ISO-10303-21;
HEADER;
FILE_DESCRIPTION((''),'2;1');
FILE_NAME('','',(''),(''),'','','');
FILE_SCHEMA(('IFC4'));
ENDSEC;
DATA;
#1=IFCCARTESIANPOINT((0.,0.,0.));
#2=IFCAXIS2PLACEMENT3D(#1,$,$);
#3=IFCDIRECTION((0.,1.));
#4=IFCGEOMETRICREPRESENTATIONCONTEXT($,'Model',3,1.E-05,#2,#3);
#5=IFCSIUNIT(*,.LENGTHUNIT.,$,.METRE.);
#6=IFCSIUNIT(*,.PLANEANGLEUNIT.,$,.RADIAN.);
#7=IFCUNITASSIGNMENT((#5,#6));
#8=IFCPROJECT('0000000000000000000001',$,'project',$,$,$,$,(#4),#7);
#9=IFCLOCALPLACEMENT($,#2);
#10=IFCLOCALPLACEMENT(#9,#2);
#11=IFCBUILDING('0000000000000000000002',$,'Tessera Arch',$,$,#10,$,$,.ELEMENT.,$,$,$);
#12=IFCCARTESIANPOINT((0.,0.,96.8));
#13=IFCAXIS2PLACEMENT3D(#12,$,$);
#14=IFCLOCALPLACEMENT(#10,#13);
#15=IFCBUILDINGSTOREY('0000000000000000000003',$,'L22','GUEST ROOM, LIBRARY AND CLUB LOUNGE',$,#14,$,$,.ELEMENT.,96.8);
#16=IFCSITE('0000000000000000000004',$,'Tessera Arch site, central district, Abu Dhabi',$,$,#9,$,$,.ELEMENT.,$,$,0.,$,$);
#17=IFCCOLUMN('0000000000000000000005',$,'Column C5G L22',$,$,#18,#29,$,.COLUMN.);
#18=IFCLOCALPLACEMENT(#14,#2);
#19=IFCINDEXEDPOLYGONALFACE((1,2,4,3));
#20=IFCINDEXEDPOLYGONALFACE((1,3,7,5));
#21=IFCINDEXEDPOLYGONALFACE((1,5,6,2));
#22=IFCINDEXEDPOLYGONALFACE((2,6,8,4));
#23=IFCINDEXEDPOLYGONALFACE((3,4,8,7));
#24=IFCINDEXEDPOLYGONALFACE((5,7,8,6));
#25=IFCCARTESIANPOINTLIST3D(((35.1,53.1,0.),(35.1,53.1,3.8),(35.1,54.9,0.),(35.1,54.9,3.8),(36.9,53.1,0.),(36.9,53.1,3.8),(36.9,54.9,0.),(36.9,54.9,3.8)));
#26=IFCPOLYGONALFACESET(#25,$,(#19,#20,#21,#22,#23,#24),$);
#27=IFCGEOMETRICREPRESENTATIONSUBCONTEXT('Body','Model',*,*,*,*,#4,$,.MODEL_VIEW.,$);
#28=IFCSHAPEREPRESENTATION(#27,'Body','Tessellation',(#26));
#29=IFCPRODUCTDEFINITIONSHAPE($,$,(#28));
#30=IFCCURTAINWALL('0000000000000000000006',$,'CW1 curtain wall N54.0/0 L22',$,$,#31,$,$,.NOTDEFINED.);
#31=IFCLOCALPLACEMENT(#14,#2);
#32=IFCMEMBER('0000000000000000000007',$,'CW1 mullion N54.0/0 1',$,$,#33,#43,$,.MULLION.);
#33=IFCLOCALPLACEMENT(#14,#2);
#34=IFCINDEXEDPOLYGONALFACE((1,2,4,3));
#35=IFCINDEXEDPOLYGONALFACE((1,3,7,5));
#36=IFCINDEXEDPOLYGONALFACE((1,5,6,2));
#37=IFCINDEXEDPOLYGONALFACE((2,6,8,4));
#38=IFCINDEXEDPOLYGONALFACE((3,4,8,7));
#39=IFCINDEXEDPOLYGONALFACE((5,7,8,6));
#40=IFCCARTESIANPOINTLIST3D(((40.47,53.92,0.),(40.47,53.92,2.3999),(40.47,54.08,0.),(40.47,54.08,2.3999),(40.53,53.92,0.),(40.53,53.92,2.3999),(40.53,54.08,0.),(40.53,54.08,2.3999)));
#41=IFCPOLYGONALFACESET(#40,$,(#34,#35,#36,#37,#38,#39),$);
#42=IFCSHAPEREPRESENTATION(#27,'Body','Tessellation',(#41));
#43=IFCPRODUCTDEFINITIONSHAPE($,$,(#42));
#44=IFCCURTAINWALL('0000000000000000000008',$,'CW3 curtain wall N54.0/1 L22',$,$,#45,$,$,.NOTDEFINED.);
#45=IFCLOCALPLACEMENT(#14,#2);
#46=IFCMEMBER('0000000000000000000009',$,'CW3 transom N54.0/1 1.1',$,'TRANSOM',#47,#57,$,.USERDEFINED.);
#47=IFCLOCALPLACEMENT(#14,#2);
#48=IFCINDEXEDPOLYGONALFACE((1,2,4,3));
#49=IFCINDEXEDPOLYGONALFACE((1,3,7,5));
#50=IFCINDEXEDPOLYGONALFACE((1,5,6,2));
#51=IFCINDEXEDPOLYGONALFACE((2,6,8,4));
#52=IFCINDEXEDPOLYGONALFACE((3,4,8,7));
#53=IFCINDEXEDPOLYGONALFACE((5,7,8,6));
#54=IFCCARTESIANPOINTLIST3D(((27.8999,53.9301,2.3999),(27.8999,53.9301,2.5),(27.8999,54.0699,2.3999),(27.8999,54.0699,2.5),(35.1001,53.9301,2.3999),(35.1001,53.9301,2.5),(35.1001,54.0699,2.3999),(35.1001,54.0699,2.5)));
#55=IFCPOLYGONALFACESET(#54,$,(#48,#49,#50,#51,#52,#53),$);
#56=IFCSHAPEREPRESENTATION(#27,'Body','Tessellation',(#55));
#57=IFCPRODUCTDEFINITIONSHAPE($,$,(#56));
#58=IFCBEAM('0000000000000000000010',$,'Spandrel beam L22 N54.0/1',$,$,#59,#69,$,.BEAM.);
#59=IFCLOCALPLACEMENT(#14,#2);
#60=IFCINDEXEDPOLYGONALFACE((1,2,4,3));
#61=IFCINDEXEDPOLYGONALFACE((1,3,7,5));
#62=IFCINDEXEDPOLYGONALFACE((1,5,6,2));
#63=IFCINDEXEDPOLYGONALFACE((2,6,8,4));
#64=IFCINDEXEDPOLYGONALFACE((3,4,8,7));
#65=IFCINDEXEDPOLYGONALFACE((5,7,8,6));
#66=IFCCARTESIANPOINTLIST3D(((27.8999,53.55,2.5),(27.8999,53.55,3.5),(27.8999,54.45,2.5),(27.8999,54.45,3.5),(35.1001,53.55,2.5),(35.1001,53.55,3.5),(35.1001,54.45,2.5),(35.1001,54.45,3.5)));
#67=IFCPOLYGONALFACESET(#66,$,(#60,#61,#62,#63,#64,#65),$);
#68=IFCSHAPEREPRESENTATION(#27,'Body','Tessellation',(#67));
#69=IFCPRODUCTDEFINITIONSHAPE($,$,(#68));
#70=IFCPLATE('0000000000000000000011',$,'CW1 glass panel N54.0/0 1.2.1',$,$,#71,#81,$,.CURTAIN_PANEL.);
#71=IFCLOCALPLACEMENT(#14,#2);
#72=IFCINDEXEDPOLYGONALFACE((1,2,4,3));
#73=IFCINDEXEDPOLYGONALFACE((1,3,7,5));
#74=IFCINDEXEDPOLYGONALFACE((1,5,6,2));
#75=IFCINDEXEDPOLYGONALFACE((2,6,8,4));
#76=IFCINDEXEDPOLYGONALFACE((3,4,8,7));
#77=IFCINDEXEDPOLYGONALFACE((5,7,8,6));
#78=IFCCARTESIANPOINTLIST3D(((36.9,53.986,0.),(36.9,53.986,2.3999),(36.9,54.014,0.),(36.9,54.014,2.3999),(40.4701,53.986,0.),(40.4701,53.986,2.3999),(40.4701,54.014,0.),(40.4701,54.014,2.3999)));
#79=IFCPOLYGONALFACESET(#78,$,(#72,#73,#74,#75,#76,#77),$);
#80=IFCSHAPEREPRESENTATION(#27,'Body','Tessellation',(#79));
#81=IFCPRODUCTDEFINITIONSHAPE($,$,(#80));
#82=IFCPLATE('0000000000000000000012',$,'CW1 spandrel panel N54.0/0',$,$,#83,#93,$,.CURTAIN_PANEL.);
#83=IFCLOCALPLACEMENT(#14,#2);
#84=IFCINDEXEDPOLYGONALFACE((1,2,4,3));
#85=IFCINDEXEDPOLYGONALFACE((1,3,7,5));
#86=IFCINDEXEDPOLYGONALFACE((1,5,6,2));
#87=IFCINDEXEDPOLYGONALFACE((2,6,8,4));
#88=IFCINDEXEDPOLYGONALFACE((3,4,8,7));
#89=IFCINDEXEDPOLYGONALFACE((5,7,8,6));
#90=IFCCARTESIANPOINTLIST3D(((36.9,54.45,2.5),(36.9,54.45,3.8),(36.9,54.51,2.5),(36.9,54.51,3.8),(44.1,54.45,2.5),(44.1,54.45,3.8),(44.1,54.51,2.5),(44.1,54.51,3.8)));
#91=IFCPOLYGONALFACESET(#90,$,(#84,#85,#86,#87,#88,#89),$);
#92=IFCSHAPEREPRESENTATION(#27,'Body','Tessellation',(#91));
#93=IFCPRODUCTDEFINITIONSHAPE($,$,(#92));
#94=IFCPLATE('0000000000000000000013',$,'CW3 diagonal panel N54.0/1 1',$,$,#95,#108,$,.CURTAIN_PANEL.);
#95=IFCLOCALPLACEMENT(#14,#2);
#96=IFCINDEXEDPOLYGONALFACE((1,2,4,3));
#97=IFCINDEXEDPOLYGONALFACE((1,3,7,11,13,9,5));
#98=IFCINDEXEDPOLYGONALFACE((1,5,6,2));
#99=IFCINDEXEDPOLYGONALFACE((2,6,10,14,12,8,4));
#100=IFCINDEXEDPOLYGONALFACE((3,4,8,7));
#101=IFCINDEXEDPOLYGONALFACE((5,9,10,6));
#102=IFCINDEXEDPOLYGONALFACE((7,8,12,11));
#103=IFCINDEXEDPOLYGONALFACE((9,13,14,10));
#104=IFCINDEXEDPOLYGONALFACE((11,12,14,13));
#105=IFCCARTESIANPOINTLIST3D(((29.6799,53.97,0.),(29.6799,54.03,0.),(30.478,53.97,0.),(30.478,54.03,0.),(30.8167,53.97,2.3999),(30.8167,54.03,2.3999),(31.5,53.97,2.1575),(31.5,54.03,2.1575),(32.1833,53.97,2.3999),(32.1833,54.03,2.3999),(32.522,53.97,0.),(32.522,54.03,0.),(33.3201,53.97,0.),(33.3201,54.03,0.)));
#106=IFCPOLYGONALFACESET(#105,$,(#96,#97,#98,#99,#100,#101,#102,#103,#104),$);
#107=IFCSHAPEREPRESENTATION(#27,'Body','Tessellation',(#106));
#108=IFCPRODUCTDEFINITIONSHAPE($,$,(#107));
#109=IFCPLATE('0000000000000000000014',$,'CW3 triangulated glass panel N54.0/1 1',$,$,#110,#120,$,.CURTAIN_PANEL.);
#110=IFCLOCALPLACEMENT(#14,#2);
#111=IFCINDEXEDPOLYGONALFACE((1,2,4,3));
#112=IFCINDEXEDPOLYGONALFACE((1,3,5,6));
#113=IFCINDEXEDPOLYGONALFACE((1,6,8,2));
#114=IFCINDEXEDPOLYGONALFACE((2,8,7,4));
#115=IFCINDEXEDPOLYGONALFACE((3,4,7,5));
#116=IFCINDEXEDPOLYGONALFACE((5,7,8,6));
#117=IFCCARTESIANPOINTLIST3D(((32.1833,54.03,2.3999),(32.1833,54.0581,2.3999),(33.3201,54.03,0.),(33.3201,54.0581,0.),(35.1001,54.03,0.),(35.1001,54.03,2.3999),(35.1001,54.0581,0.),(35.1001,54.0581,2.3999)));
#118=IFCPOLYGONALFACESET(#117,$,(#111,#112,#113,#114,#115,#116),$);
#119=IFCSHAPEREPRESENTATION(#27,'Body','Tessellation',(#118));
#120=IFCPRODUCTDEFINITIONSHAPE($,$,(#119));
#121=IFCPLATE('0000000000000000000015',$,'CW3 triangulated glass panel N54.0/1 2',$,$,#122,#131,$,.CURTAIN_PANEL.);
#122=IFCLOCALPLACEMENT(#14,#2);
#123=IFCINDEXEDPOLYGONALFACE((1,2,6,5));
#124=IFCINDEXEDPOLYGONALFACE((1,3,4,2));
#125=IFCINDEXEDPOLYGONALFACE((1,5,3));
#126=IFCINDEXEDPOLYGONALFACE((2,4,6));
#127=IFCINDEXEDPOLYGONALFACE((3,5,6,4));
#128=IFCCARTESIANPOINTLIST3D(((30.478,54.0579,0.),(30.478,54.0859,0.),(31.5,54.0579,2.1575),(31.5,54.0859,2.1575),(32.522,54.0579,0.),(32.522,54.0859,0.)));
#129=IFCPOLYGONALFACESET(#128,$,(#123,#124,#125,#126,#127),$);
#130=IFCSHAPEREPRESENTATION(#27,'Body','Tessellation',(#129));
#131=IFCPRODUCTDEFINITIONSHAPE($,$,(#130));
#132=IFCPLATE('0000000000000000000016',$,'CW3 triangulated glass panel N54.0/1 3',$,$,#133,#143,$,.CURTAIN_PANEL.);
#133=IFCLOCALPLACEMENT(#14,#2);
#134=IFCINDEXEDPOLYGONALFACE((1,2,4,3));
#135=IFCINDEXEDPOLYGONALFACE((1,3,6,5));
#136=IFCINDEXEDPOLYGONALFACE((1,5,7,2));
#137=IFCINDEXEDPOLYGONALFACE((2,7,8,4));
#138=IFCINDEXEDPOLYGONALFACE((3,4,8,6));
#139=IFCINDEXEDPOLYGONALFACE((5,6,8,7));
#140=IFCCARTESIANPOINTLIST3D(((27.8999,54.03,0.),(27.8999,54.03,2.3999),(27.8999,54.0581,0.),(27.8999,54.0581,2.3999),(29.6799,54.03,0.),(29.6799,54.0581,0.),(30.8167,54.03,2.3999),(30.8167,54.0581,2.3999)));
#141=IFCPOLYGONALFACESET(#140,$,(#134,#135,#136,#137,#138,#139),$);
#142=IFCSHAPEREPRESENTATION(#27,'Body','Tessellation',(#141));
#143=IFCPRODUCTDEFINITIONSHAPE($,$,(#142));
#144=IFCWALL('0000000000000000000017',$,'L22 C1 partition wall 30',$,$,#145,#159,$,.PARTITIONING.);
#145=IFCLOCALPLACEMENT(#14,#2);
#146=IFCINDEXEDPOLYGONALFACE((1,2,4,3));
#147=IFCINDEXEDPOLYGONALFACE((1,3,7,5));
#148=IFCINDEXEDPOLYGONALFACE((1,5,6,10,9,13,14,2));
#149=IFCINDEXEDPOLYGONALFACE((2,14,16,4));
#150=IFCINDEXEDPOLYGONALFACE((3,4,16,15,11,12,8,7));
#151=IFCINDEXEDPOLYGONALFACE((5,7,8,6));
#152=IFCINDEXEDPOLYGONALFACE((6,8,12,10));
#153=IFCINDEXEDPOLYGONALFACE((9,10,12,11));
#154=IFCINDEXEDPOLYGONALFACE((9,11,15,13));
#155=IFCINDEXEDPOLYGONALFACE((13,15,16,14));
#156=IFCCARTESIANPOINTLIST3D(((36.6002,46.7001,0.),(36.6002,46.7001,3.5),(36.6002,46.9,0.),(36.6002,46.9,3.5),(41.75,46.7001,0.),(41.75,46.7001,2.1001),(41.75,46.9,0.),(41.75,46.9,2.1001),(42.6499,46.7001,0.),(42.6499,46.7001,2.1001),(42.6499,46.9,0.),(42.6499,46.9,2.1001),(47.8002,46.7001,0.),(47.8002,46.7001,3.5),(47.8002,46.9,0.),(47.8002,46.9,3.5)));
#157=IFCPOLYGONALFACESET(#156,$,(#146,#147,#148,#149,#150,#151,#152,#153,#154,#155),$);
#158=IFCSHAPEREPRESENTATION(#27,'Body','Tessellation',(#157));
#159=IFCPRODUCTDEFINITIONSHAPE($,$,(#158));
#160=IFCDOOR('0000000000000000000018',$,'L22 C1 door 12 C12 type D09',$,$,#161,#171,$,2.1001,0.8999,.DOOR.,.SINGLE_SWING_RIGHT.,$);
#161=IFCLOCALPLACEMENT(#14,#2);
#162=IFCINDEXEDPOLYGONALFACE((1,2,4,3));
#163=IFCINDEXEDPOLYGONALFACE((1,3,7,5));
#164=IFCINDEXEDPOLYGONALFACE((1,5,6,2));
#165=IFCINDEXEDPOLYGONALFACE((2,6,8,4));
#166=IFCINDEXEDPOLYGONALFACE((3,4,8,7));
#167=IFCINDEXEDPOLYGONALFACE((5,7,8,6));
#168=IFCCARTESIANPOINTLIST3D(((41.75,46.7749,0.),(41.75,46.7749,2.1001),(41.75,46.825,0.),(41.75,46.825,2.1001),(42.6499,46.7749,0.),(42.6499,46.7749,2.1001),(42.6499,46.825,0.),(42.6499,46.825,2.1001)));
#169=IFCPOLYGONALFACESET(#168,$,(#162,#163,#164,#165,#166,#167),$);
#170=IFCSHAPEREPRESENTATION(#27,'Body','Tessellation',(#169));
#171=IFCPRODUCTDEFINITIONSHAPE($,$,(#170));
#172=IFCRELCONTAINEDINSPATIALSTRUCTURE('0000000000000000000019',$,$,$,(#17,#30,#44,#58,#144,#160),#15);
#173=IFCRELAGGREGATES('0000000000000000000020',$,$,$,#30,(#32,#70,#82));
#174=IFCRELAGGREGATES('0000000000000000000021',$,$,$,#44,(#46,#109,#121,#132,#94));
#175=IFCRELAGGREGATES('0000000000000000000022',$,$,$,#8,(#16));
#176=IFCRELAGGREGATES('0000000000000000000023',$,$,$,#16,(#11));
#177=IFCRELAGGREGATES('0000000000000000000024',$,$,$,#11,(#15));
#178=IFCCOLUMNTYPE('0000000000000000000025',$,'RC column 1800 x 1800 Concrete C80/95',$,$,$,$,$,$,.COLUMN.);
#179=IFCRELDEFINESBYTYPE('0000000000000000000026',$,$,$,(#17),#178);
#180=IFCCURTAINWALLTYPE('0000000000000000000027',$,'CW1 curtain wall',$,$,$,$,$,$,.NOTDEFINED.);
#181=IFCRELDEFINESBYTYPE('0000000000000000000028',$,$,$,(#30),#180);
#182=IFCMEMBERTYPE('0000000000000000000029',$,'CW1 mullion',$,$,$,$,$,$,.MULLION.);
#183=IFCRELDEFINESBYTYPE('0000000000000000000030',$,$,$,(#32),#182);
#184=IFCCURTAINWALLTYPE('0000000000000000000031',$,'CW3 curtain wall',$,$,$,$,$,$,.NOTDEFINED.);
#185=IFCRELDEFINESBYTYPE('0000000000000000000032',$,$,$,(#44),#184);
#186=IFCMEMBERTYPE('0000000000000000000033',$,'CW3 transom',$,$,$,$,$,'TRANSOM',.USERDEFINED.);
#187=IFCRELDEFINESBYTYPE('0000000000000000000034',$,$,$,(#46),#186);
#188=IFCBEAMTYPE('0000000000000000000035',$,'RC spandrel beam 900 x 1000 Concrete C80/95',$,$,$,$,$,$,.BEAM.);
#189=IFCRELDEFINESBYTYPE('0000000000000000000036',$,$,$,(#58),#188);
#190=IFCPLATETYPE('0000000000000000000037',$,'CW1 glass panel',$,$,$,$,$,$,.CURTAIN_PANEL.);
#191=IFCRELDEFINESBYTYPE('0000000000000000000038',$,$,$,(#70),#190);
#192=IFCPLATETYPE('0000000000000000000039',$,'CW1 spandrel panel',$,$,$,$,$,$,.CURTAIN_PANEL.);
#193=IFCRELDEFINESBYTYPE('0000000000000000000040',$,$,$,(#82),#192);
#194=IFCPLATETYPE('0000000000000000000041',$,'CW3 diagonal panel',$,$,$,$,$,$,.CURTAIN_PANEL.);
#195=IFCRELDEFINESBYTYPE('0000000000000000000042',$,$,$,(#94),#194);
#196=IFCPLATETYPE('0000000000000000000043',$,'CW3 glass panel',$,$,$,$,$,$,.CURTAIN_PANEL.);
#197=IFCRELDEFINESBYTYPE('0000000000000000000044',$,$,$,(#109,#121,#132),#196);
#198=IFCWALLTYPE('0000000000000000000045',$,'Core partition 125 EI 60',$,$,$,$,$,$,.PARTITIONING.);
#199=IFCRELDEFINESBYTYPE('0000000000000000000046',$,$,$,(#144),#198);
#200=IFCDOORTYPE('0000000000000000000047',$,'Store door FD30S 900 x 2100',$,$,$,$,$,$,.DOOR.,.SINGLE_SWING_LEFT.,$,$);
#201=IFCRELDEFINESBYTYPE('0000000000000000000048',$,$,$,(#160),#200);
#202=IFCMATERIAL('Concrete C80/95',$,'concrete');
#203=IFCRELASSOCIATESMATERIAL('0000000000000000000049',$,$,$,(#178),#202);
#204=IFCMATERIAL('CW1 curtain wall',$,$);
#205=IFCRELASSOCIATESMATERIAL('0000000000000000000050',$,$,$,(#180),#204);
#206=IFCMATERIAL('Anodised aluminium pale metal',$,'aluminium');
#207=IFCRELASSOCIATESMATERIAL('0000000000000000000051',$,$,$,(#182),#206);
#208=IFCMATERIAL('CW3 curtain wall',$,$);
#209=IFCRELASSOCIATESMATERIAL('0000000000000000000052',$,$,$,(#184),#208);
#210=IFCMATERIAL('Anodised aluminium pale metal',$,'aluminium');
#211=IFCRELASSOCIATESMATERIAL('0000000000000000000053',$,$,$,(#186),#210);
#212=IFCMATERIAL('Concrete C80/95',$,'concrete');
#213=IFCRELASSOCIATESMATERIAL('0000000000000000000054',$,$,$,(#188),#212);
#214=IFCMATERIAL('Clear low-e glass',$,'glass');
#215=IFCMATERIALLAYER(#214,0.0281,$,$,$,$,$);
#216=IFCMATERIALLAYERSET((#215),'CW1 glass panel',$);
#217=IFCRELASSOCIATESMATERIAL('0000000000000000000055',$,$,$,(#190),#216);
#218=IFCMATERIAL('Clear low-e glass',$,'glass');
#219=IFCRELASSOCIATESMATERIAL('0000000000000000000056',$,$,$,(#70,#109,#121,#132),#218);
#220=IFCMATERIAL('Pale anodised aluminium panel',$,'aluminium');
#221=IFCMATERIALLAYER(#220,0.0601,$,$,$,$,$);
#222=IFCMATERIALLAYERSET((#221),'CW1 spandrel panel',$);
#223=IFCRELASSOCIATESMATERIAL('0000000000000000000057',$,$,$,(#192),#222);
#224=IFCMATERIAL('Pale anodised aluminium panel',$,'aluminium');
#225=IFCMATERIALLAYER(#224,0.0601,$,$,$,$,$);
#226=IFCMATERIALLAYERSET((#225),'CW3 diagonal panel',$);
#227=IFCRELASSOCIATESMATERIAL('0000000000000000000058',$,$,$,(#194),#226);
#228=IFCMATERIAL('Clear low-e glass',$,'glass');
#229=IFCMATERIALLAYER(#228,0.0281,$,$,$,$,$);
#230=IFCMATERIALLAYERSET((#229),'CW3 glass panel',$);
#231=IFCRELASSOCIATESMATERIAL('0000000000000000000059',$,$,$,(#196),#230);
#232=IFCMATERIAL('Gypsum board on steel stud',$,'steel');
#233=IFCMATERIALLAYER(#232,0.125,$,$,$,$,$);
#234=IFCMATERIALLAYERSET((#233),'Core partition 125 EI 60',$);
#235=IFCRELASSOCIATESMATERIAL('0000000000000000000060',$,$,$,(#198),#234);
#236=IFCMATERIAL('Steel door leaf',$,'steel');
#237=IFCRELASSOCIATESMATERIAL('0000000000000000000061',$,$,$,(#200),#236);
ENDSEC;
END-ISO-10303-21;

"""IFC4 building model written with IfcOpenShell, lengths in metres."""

from ifc_helpers import new_model, si_unit, direction, frame, frame_2d, origin, origin_2d, place, context, subcontext, project, spatial, polyline, rectangle, outline, extrude, material, layer, layer_set, material_profile, profile_set, type_object, element, fill, aggregate, save


model = new_model("IFC4")

# Units and contexts
model_context = context("Model", 3, precision=1e-05, world=origin(), true_north=direction((0.0, 1.0)))
body_context = subcontext(model_context, "Body", "Model", "MODEL_VIEW")
ifc_project = project(units=[si_unit("LENGTHUNIT", "METRE"), si_unit("PLANEANGLEUNIT", "RADIAN")], contexts=[model_context])

# Site, building, storey
site_placement = place(None, origin())
site = spatial("IfcSite", under=ifc_project, at=site_placement, Name="Tessera Arch site, central district, Abu Dhabi", CompositionType="ELEMENT", RefElevation=0.0)
building_placement = place(site_placement, origin())
building = spatial("IfcBuilding", under=site, at=building_placement, Name="Tessera Arch", CompositionType="ELEMENT")
storey_placement = place(building_placement, frame((0.0, 0.0, 96.8)))
storey = spatial("IfcBuildingStorey", under=building, at=storey_placement, Name="L22", Description="GUEST ROOM, LIBRARY AND CLUB LOUNGE", CompositionType="ELEMENT", Elevation=96.8)

# Column
ifc_material_1 = material(Name="Concrete C80/95", Category="concrete")
ifc_material_profile_1 = material_profile(ifc_material_1, rectangle(XDim=1.8, YDim=1.8, at=origin_2d()), Name="RC column 1800 x 1800 Concrete C80/95")
ifc_profile_set_1 = profile_set([ifc_material_profile_1], Name="Concrete C80/95")
column_type = type_object("IfcColumnType", Name="RC column 1800 x 1800 Concrete C80/95", PredefinedType="COLUMN", material=ifc_profile_set_1)
column_placement = place(storey_placement, frame((36.0, 54.0, 0.0), z_axis=(0.0, 0.0, 1.0), x_axis=(1.0, 0.0, 0.0)))
element("IfcColumn", 1, at=column_placement, inside=storey, type_object=column_type, Name="Column C5G L22", PredefinedType="COLUMN", context=body_context, shape_type="SweptSolid", body=[
    extrude(rectangle(XDim=1.8, YDim=1.8, at=origin_2d()), origin(), (0.0, 0.0, 1.0), 3.8),
])

# Curtain walls, members
ifc_material_2 = material(Name="CW1 curtain wall")
curtain_wall_type_1 = type_object("IfcCurtainWallType", Name="CW1 curtain wall", PredefinedType="NOTDEFINED", material=ifc_material_2)
curtain_wall_1_placement = place(storey_placement, origin())
curtain_wall_1 = element("IfcCurtainWall", 2, at=curtain_wall_1_placement, inside=storey, type_object=curtain_wall_type_1, Name="CW1 curtain wall N54.0/0 L22", PredefinedType="NOTDEFINED")
ifc_material_3 = material(Name="Anodised aluminium pale metal", Category="aluminium")
ifc_material_profile_2 = material_profile(ifc_material_3, rectangle(XDim=0.1599, YDim=0.0601, at=origin_2d()), Name="AL 60x160")
ifc_profile_set_2 = profile_set([ifc_material_profile_2], Name="Anodised aluminium pale metal")
member_type_1 = type_object("IfcMemberType", Name="CW1 mullion", PredefinedType="MULLION", material=ifc_profile_set_2)
member_1_placement = place(storey_placement, frame((40.5, 54.0, 0.0), z_axis=(0.0, 0.0, 1.0), x_axis=(0.0, -1.0, 0.0)))
member_1 = element("IfcMember", 3, at=member_1_placement, type_object=member_type_1, Name="CW1 mullion N54.0/0 1", PredefinedType="MULLION", context=body_context, shape_type="SweptSolid", body=[
    extrude(rectangle(XDim=0.1599, YDim=0.0601, at=origin_2d()), origin(), (0.0, 0.0, 1.0), 2.3999),
])
ifc_material_4 = material(Name="CW3 curtain wall")
curtain_wall_type_2 = type_object("IfcCurtainWallType", Name="CW3 curtain wall", PredefinedType="NOTDEFINED", material=ifc_material_4)
curtain_wall_2_placement = place(storey_placement, origin())
curtain_wall_2 = element("IfcCurtainWall", 4, at=curtain_wall_2_placement, inside=storey, type_object=curtain_wall_type_2, Name="CW3 curtain wall N54.0/1 L22", PredefinedType="NOTDEFINED")
ifc_material_5 = material(Name="Anodised aluminium pale metal", Category="aluminium")
ifc_material_profile_3 = material_profile(ifc_material_5, rectangle(XDim=0.1399, YDim=0.1001, at=origin_2d()), Name="AL 140x100")
ifc_profile_set_3 = profile_set([ifc_material_profile_3], Name="Anodised aluminium pale metal")
member_type_2 = type_object("IfcMemberType", Name="CW3 transom", ElementType="TRANSOM", PredefinedType="USERDEFINED", material=ifc_profile_set_3)
member_2_placement = place(storey_placement, frame((35.1001, 54.0, 2.45), z_axis=(-1.0, 0.0, 0.0), x_axis=(0.0, -1.0, 0.0)))
member_2 = element("IfcMember", 5, at=member_2_placement, type_object=member_type_2, Name="CW3 transom N54.0/1 1.1", ObjectType="TRANSOM", PredefinedType="USERDEFINED", context=body_context, shape_type="SweptSolid", body=[
    extrude(rectangle(XDim=0.1399, YDim=0.1001, at=origin_2d()), origin(), (0.0, 0.0, 1.0), 7.2002),
])

# Beam
ifc_material_6 = material(Name="Concrete C80/95", Category="concrete")
ifc_material_profile_4 = material_profile(ifc_material_6, rectangle(XDim=0.8999, YDim=1.0, at=origin_2d()), Name="RC spandrel beam 900 x 1000 Concrete C80/95")
ifc_profile_set_4 = profile_set([ifc_material_profile_4], Name="Concrete C80/95")
beam_type = type_object("IfcBeamType", Name="RC spandrel beam 900 x 1000 Concrete C80/95", PredefinedType="BEAM", material=ifc_profile_set_4)
beam_placement = place(storey_placement, frame((35.1001, 54.0, 3.0), z_axis=(-1.0, 0.0, 0.0), x_axis=(0.0, -1.0, 0.0)))
element("IfcBeam", 6, at=beam_placement, inside=storey, type_object=beam_type, Name="Spandrel beam L22 N54.0/1", PredefinedType="BEAM", context=body_context, shape_type="SweptSolid", body=[
    extrude(rectangle(XDim=0.8999, YDim=1.0, at=origin_2d()), origin(), (0.0, 0.0, 1.0), 7.2002),
])

# Plates
ifc_material_7 = material(Name="Clear low-e glass", Category="glass")
ifc_material_8 = material(Name="Clear low-e glass", Category="glass")
ifc_layer_1 = layer(ifc_material_8, 0.0281)
ifc_layer_set_1 = layer_set([ifc_layer_1], Name="CW1 glass panel")
plate_type_1 = type_object("IfcPlateType", Name="CW1 glass panel", PredefinedType="CURTAIN_PANEL", material=ifc_layer_set_1)
plate_1_placement = place(storey_placement, frame((38.6851, 54.0, 0.0), z_axis=(0.0, 0.0, 1.0), x_axis=(-1.0, 0.0, 0.0)))
plate_1 = element("IfcPlate", 7, at=plate_1_placement, type_object=plate_type_1, material=ifc_material_7, Name="CW1 glass panel N54.0/0 1.2.1", PredefinedType="CURTAIN_PANEL", context=body_context, shape_type="SweptSolid", body=[
    extrude(rectangle(XDim=3.5701, YDim=0.0281, at=origin_2d()), origin(), (0.0, 0.0, 1.0), 2.3999),
])
ifc_material_9 = material(Name="Pale anodised aluminium panel", Category="aluminium")
ifc_layer_2 = layer(ifc_material_9, 0.0601)
ifc_layer_set_2 = layer_set([ifc_layer_2], Name="CW1 spandrel panel")
plate_type_2 = type_object("IfcPlateType", Name="CW1 spandrel panel", PredefinedType="CURTAIN_PANEL", material=ifc_layer_set_2)
plate_2_placement = place(storey_placement, frame((40.5, 54.48, 2.5), z_axis=(0.0, 0.0, 1.0), x_axis=(-1.0, 0.0, 0.0)))
plate_2 = element("IfcPlate", 8, at=plate_2_placement, type_object=plate_type_2, Name="CW1 spandrel panel N54.0/0", PredefinedType="CURTAIN_PANEL", context=body_context, shape_type="SweptSolid", body=[
    extrude(rectangle(XDim=7.2, YDim=0.0601, at=origin_2d()), origin(), (0.0, 0.0, 1.0), 1.3),
])
aggregate(curtain_wall_1, [member_1, plate_1, plate_2])
ifc_material_10 = material(Name="Pale anodised aluminium panel", Category="aluminium")
ifc_layer_3 = layer(ifc_material_10, 0.0601)
ifc_layer_set_3 = layer_set([ifc_layer_3], Name="CW3 diagonal panel")
plate_type_3 = type_object("IfcPlateType", Name="CW3 diagonal panel", PredefinedType="CURTAIN_PANEL", material=ifc_layer_set_3)
plate_3_placement = place(storey_placement, frame((30.8167, 54.03, 2.3999), z_axis=(0.0, 1.0, 0.0), x_axis=(1.0, 0.0, 0.0)))
plate_3 = element("IfcPlate", 9, at=plate_3_placement, type_object=plate_type_3, Name="CW3 diagonal panel N54.0/1 1", PredefinedType="CURTAIN_PANEL", context=body_context, shape_type="SweptSolid", body=[
    extrude(outline(polyline([(0.0, 0.0), (1.3667, 0.0), (2.5034, 2.3999), (1.7053, 2.3999), (0.6833, 0.2424), (-0.3386, 2.3999), (-1.1367, 2.3999), (0.0, 0.0)])), origin(), (0.0, 0.0, -1.0), 0.0601),
])
ifc_material_11 = material(Name="Clear low-e glass", Category="glass")
ifc_layer_4 = layer(ifc_material_11, 0.0281)
ifc_layer_set_4 = layer_set([ifc_layer_4], Name="CW3 glass panel")
plate_type_4 = type_object("IfcPlateType", Name="CW3 glass panel", PredefinedType="CURTAIN_PANEL", material=ifc_layer_set_4)
plate_4_placement = place(storey_placement, frame((35.1001, 54.0581, 0.0), z_axis=(0.0, 1.0, 0.0), x_axis=(-1.0, 0.0, 0.0)))
plate_4 = element("IfcPlate", 10, at=plate_4_placement, type_object=plate_type_4, material=ifc_material_7, Name="CW3 triangulated glass panel N54.0/1 1", PredefinedType="CURTAIN_PANEL", context=body_context, shape_type="SweptSolid", body=[
    extrude(outline(polyline([(0.0, 0.0), (1.78, 0.0), (2.9167, 2.3999), (0.0, 2.3999), (0.0, 0.0)])), origin(), (0.0, 0.0, -1.0), 0.0281),
])
plate_5_placement = place(storey_placement, frame((32.522, 54.0859, 0.0), z_axis=(0.0, 1.0, 0.0), x_axis=(-1.0, 0.0, 0.0)))
plate_5 = element("IfcPlate", 11, at=plate_5_placement, type_object=plate_type_4, material=ifc_material_7, Name="CW3 triangulated glass panel N54.0/1 2", PredefinedType="CURTAIN_PANEL", context=body_context, shape_type="SweptSolid", body=[
    extrude(outline(polyline([(0.0, 0.0), (2.0439, 0.0), (1.022, 2.1575), (0.0, 0.0)])), origin(), (0.0, 0.0, -1.0), 0.0281),
])
plate_6_placement = place(storey_placement, frame((27.8999, 54.0581, 2.3999), z_axis=(0.0, 1.0, 0.0), x_axis=(1.0, 0.0, 0.0)))
plate_6 = element("IfcPlate", 12, at=plate_6_placement, type_object=plate_type_4, material=ifc_material_7, Name="CW3 triangulated glass panel N54.0/1 3", PredefinedType="CURTAIN_PANEL", context=body_context, shape_type="SweptSolid", body=[
    extrude(outline(polyline([(0.0, 0.0), (2.9167, 0.0), (1.78, 2.3999), (0.0, 2.3999), (0.0, 0.0)])), origin(), (0.0, 0.0, -1.0), 0.0281),
])

# Wall, opening, door
ifc_material_12 = material(Name="Gypsum board on steel stud", Category="steel")
ifc_layer_5 = layer(ifc_material_12, 0.125)
ifc_layer_set_5 = layer_set([ifc_layer_5], Name="Core partition 125 EI 60")
wall_type_1 = type_object("IfcWallType", Name="Core partition 125 EI 60", PredefinedType="PARTITIONING", material=ifc_layer_set_5)
wall_1_placement = place(storey_placement, frame((36.6001, 46.8, 0.0), z_axis=(0.0, 0.0, 1.0), x_axis=(1.0, 0.0, 0.0)))
wall_1 = element("IfcWall", 13, at=wall_1_placement, inside=storey, type_object=wall_type_1, Name="L22 C1 partition wall 30", PredefinedType="PARTITIONING", context=body_context, shape_type="SweptSolid", body=[
    extrude(rectangle(XDim=11.2, YDim=0.2, at=frame_2d((5.6001, 0.0))), origin(), (0.0, 0.0, 1.0), 3.5),
])
opening_1_placement = place(wall_1_placement, frame((5.1499, 0.0, 0.0)))
opening_1 = element("IfcOpeningElement", 14, at=opening_1_placement, cuts=wall_1, PredefinedType="OPENING", context=body_context, shape_type="SweptSolid", body=[
    extrude(rectangle(XDim=0.8999, YDim=2.1001, at=frame_2d((0.45, 1.05))), frame((0.0, 0.1099, 0.0), z_axis=(0.0, -1.0, 0.0), x_axis=(1.0, 0.0, 0.0)), (0.0, 0.0, 1.0), 0.22),
])
ifc_material_13 = material(Name="Steel door leaf", Category="steel")
door_type_1 = type_object("IfcDoorType", Name="Store door FD30S 900 x 2100", OperationType="SINGLE_SWING_LEFT", PredefinedType="DOOR", material=ifc_material_13)
door_1_placement = place(opening_1_placement, origin())
door_1 = element("IfcDoor", 15, at=door_1_placement, inside=storey, type_object=door_type_1, Name="L22 C1 door 12 C12 type D09", OperationType="SINGLE_SWING_RIGHT", OverallHeight=2.1001, OverallWidth=0.8999, PredefinedType="DOOR", context=body_context, shape_type="SweptSolid", body=[
    extrude(rectangle(XDim=0.8999, YDim=2.1001, at=frame_2d((0.45, 1.05))), frame((0.0, 0.0249, 0.0), z_axis=(0.0, -1.0, 0.0), x_axis=(1.0, 0.0, 0.0)), (0.0, 0.0, 1.0), 0.05),
])
fill(opening_1, door_1)

aggregate(curtain_wall_2, [member_2, plate_4, plate_5, plate_6, plate_3])

save(model, "model.ifc")
